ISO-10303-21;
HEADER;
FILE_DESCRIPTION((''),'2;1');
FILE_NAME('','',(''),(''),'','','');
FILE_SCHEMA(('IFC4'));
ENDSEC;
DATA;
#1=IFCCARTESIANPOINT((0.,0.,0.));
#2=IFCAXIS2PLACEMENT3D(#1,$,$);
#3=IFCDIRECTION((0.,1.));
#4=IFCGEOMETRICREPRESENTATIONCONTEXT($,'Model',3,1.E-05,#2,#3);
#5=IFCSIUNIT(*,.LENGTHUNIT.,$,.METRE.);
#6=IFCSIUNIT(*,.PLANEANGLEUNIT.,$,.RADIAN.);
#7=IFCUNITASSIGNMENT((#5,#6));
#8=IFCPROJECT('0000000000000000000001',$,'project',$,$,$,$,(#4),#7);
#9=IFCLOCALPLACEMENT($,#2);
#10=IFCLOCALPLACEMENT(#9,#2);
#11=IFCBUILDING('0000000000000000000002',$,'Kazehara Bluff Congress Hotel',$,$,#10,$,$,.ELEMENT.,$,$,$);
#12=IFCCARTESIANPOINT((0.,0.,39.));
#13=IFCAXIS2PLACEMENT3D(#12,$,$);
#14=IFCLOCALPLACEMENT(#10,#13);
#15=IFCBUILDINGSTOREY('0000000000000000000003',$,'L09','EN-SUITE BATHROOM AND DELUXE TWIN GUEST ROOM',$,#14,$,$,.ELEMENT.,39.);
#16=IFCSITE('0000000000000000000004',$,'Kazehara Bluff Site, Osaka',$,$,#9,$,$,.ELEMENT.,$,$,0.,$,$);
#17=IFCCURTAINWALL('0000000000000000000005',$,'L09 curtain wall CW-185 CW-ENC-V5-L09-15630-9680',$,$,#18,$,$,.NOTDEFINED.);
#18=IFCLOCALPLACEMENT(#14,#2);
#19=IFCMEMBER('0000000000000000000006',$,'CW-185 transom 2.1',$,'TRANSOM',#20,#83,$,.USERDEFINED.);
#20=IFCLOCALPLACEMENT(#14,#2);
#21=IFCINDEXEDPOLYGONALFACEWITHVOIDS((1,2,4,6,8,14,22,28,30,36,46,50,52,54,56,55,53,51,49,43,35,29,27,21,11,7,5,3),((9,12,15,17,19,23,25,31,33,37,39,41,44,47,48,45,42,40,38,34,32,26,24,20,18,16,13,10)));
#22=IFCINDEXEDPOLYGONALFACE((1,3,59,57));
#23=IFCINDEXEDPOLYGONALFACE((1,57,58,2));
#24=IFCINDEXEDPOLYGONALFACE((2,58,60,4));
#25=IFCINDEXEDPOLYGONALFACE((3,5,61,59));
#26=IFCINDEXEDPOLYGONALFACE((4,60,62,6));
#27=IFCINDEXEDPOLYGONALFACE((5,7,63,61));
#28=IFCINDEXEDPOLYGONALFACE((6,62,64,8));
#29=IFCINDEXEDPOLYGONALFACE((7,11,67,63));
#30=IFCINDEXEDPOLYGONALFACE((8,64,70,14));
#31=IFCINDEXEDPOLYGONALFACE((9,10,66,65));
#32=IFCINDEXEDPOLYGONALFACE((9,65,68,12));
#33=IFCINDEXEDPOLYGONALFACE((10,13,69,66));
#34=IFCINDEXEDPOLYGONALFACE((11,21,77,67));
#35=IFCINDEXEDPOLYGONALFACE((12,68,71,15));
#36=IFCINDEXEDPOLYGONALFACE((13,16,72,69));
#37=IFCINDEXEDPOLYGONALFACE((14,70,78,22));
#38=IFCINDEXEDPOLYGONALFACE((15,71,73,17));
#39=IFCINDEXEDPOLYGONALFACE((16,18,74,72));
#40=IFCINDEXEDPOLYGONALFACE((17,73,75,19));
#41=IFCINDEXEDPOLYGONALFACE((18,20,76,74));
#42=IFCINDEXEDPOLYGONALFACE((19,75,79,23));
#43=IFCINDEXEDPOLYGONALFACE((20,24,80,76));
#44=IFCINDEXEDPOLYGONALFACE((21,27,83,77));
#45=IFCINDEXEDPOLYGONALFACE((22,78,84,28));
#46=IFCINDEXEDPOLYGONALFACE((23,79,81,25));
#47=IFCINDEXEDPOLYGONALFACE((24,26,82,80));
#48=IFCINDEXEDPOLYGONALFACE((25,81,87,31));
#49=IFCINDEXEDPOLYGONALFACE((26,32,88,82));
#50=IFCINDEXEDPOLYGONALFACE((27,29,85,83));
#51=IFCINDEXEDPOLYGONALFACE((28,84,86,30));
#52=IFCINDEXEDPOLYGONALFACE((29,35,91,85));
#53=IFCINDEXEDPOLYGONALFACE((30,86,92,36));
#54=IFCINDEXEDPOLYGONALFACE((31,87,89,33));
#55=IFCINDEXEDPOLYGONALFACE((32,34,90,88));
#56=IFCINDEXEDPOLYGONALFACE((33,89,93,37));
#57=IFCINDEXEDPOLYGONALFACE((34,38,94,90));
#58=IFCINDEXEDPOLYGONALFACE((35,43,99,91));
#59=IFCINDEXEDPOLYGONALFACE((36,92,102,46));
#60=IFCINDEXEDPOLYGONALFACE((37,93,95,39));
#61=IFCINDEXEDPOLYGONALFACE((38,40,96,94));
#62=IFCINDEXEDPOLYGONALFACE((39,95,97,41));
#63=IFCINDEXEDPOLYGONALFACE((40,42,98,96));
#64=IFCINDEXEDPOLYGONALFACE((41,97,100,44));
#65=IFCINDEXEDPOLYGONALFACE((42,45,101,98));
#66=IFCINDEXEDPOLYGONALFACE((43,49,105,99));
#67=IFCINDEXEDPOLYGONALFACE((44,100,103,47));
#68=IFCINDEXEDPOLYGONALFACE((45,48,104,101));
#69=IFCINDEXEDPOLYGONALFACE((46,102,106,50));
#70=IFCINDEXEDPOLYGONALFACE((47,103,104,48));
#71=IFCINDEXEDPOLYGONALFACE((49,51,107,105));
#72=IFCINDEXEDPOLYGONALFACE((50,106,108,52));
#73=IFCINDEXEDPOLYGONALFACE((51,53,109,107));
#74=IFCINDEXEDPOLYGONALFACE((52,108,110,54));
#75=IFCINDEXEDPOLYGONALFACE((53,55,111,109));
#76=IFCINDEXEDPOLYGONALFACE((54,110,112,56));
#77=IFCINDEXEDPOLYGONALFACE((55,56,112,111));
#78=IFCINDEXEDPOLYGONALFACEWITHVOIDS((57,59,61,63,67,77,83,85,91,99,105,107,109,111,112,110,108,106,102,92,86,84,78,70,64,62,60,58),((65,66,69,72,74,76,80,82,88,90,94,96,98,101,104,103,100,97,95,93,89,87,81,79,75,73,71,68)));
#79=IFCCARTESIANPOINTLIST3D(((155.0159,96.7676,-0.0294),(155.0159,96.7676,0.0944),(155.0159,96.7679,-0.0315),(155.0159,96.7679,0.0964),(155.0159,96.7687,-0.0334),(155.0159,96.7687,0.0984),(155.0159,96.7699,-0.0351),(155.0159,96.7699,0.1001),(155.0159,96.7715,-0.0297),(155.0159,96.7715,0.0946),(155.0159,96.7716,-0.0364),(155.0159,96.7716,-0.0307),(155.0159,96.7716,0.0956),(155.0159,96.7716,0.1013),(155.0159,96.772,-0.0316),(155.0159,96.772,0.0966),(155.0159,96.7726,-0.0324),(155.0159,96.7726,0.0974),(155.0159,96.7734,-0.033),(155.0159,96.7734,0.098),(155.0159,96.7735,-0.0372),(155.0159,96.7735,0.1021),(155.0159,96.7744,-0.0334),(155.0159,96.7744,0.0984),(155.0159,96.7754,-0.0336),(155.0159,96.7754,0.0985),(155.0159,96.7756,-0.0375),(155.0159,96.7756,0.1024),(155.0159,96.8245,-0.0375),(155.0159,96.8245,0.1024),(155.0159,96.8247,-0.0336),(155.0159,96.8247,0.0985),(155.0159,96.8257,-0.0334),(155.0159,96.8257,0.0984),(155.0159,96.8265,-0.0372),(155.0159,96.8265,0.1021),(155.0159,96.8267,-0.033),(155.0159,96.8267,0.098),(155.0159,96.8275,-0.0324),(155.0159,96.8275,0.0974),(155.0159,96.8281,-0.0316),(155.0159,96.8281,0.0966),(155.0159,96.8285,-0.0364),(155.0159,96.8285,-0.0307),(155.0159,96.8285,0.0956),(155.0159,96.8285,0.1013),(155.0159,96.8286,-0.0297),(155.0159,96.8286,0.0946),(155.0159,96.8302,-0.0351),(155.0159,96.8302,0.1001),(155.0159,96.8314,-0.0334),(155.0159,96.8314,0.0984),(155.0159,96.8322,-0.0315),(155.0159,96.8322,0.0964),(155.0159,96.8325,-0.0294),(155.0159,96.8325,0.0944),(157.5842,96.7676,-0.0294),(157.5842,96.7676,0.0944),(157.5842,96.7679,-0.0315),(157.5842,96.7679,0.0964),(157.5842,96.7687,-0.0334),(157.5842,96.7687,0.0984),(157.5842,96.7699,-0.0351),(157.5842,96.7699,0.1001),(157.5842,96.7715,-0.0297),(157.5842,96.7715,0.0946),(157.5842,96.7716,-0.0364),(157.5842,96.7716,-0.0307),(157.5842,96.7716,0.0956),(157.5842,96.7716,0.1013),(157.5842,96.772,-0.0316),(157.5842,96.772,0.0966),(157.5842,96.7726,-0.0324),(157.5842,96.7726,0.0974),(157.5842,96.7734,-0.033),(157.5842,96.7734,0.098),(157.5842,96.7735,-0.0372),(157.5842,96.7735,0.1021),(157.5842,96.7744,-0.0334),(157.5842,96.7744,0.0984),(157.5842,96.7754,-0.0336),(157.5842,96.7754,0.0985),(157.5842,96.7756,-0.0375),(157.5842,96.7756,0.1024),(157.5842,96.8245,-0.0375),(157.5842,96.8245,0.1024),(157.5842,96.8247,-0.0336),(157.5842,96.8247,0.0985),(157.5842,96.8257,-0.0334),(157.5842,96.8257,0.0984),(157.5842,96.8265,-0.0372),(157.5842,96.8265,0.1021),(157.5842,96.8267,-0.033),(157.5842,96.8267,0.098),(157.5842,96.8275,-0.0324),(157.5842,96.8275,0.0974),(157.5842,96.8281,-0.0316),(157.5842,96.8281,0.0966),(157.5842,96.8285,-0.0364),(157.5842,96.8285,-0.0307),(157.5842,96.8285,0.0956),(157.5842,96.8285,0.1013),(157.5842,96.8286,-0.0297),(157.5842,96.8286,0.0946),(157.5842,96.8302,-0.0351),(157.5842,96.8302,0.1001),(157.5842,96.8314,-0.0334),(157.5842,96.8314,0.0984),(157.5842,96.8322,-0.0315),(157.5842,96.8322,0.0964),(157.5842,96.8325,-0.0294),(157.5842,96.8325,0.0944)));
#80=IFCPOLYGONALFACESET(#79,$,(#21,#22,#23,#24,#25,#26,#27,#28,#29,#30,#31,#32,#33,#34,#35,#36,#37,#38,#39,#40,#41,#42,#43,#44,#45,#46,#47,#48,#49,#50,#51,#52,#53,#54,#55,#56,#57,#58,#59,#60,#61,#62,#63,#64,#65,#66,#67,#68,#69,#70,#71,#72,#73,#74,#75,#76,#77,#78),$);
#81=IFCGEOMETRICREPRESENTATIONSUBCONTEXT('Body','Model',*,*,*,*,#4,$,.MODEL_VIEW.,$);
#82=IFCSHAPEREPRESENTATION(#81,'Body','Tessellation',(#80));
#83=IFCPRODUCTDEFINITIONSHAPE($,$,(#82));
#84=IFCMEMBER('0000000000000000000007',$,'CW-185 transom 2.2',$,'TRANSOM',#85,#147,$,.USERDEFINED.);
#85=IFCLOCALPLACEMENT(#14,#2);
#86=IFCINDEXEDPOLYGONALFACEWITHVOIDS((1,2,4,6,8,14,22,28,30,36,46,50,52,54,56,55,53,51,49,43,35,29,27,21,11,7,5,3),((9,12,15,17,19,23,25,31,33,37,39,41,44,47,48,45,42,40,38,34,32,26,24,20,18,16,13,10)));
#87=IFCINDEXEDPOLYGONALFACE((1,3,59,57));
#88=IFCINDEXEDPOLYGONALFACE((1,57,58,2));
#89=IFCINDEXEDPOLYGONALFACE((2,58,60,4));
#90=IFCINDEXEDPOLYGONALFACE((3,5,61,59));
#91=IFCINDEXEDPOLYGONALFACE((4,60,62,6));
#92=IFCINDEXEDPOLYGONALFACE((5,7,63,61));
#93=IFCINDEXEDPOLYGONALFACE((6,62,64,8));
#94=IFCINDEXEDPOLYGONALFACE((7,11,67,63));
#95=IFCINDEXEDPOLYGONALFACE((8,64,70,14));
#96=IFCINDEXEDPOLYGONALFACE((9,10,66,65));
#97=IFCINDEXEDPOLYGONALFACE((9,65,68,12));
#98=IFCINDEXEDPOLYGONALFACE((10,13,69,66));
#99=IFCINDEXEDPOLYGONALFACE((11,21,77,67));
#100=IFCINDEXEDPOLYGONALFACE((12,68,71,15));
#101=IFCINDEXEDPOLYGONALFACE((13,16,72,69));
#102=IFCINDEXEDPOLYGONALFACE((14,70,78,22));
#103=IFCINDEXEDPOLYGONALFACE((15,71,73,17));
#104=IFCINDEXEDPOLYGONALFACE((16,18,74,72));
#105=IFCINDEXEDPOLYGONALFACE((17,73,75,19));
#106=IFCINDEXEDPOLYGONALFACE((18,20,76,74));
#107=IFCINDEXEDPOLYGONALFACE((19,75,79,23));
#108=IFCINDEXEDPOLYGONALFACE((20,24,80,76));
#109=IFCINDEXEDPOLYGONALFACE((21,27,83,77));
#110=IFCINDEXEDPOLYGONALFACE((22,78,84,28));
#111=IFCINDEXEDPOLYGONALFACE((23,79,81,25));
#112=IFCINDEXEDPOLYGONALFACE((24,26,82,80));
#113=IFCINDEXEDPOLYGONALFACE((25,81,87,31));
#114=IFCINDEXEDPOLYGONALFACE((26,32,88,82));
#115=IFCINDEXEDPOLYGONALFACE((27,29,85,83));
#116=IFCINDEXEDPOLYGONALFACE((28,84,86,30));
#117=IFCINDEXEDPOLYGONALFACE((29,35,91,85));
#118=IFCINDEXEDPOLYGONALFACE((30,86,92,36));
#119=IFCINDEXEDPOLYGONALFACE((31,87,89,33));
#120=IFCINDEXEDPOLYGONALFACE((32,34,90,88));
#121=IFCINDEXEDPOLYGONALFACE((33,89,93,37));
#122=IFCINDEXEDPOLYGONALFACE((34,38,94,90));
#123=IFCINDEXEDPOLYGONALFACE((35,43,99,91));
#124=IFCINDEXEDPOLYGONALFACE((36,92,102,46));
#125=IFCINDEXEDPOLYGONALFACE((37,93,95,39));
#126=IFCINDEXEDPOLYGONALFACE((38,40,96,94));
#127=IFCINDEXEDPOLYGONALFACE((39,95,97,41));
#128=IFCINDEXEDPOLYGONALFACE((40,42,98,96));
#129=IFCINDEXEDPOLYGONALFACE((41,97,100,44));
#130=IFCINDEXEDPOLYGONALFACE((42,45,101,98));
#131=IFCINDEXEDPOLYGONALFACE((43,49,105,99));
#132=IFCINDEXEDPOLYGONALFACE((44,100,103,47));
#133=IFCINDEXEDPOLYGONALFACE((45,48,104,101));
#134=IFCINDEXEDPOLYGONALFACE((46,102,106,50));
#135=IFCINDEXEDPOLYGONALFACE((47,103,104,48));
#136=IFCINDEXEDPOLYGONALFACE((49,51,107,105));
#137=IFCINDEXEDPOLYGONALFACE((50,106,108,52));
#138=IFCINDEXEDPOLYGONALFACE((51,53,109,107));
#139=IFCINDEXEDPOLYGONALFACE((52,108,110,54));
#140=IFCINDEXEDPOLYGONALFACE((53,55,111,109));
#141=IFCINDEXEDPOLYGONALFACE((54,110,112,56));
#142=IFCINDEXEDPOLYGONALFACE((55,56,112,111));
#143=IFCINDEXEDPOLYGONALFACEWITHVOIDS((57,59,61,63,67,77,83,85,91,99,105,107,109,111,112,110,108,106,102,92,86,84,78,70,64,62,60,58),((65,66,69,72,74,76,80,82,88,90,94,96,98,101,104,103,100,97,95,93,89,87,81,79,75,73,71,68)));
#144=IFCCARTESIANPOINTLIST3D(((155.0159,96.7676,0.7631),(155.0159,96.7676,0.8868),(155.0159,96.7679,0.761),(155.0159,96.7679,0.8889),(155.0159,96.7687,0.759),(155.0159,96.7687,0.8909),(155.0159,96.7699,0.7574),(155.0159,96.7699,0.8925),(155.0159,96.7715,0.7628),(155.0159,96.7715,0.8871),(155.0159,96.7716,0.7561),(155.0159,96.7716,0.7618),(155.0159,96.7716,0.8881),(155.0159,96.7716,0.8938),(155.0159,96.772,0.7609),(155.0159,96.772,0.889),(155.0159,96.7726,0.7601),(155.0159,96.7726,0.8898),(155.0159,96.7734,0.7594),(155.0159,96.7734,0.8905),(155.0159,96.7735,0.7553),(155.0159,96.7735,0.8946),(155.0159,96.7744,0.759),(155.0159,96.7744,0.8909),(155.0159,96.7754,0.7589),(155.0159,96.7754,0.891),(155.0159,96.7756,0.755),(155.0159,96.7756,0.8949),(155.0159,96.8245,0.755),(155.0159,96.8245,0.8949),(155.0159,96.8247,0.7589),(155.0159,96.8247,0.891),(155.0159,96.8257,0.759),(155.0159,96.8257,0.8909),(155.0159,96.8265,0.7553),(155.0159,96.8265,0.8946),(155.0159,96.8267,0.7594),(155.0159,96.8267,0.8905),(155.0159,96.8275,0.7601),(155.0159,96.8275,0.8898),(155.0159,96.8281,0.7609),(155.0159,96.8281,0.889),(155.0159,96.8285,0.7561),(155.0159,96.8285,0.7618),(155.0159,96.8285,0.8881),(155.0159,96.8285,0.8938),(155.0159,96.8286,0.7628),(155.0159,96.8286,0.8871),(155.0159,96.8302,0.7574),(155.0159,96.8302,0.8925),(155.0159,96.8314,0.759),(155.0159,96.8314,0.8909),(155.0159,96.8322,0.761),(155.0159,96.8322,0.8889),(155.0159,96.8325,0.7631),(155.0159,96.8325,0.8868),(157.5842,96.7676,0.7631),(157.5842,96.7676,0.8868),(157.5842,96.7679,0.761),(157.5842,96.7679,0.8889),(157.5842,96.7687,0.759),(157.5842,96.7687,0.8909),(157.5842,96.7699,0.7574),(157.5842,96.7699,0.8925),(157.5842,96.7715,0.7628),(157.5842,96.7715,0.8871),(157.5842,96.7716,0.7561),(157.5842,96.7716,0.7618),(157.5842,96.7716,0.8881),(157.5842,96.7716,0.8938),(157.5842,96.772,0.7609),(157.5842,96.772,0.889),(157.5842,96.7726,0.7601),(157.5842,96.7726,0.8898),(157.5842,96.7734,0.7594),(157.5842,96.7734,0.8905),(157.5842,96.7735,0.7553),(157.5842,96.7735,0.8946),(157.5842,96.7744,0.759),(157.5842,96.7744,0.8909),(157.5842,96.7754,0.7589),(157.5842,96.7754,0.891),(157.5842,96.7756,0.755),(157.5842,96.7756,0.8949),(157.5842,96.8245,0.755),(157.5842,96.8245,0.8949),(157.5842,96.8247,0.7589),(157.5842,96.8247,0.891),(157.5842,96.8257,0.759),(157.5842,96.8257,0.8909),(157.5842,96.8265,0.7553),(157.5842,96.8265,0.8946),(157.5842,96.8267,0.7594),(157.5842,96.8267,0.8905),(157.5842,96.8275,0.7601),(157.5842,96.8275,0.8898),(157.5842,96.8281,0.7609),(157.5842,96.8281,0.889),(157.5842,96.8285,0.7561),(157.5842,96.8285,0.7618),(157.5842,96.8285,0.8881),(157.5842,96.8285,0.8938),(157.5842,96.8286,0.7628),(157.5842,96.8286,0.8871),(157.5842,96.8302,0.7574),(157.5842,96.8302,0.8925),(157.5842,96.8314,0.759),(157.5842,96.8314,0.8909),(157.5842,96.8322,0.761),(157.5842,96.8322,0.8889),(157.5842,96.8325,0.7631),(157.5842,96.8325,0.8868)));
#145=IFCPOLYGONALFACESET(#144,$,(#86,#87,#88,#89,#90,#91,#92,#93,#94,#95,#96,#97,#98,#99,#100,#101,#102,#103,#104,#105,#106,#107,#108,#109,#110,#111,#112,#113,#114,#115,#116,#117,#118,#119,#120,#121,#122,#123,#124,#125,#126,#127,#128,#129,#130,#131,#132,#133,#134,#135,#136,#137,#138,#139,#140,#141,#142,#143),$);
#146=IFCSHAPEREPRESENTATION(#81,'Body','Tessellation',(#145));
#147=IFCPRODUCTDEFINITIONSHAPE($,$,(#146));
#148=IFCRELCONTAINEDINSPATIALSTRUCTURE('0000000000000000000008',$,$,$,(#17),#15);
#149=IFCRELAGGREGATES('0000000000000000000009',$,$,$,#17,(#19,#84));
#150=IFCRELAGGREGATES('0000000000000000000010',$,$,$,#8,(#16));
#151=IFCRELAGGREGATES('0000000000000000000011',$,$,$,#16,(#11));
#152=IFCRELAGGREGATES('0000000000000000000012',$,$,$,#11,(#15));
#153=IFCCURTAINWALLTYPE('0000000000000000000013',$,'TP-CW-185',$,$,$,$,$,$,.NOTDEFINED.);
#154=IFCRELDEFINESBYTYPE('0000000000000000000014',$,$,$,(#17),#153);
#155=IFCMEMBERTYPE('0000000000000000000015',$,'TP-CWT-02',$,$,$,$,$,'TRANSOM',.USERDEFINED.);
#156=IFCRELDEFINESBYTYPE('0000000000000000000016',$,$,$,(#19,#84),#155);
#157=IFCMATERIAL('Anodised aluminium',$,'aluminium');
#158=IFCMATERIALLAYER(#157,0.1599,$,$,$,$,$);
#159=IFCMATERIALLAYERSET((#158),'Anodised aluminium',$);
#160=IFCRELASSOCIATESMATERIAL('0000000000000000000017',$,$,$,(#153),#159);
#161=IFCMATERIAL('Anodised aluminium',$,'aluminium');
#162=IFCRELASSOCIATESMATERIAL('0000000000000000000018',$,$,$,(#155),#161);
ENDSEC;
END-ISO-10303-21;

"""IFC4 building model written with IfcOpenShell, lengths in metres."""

from ifc_helpers import new_model, si_unit, direction, frame, origin, origin_2d, place, context, subcontext, project, spatial, hollow_rectangle, extrude, material, layer, layer_set, material_profile, profile_set, type_object, element, aggregate, save


model = new_model("IFC4")

# Units and contexts
model_context = context("Model", 3, precision=1e-05, world=origin(), true_north=direction((0.0, 1.0)))
body_context = subcontext(model_context, "Body", "Model", "MODEL_VIEW")
ifc_project = project(units=[si_unit("LENGTHUNIT", "METRE"), si_unit("PLANEANGLEUNIT", "RADIAN")], contexts=[model_context])

# Site, building, storey
site_placement = place(None, origin())
site = spatial("IfcSite", under=ifc_project, at=site_placement, Name="Kazehara Bluff Site, Osaka", CompositionType="ELEMENT", RefElevation=0.0)
building_placement = place(site_placement, origin())
building = spatial("IfcBuilding", under=site, at=building_placement, Name="Kazehara Bluff Congress Hotel", CompositionType="ELEMENT")
storey_placement = place(building_placement, frame((0.0, 0.0, 39.0)))
storey = spatial("IfcBuildingStorey", under=building, at=storey_placement, Name="L09", Description="EN-SUITE BATHROOM AND DELUXE TWIN GUEST ROOM", CompositionType="ELEMENT", Elevation=39.0)

# Curtain wall, members
ifc_material_1 = material(Name="Anodised aluminium", Category="aluminium")
ifc_layer_1 = layer(ifc_material_1, 0.1599)
ifc_layer_set_1 = layer_set([ifc_layer_1], Name="Anodised aluminium")
curtain_wall_type = type_object("IfcCurtainWallType", Name="TP-CW-185", PredefinedType="NOTDEFINED", material=ifc_layer_set_1)
curtain_wall_placement = place(storey_placement, origin())
curtain_wall = element("IfcCurtainWall", 1, at=curtain_wall_placement, inside=storey, type_object=curtain_wall_type, Name="L09 curtain wall CW-185 CW-ENC-V5-L09-15630-9680", PredefinedType="NOTDEFINED")
ifc_material_2 = material(Name="Anodised aluminium", Category="aluminium")
ifc_material_profile_1 = material_profile(ifc_material_2, hollow_rectangle(XDim=0.0649, YDim=0.1399, WallThickness=0.0039, InnerFilletRadius=0.0039, OuterFilletRadius=0.0081, at=origin_2d()))
ifc_profile_set_1 = profile_set([ifc_material_profile_1], Name="Anodised aluminium")
member_type_1 = type_object("IfcMemberType", Name="TP-CWT-02", ElementType="TRANSOM", PredefinedType="USERDEFINED", material=ifc_profile_set_1)
member_1_placement = place(storey_placement, frame((155.0159, 96.8, 0.0325), z_axis=(1.0, 0.0, 0.0), x_axis=(0.0, 1.0, 0.0)))
member_1 = element("IfcMember", 2, at=member_1_placement, type_object=member_type_1, Name="CW-185 transom 2.1", ObjectType="TRANSOM", PredefinedType="USERDEFINED", context=body_context, shape_type="SweptSolid", body=[
    extrude(hollow_rectangle(XDim=0.0649, YDim=0.1399, WallThickness=0.0039, InnerFilletRadius=0.0039, OuterFilletRadius=0.0081, at=origin_2d()), origin(), (0.0, 0.0, 1.0), 2.5684),
])
member_2_placement = place(storey_placement, frame((155.0159, 96.8, 0.825), z_axis=(1.0, 0.0, 0.0), x_axis=(0.0, 1.0, 0.0)))
member_2 = element("IfcMember", 3, at=member_2_placement, type_object=member_type_1, Name="CW-185 transom 2.2", ObjectType="TRANSOM", PredefinedType="USERDEFINED", context=body_context, shape_type="SweptSolid", body=[
    extrude(hollow_rectangle(XDim=0.0649, YDim=0.1399, WallThickness=0.0039, InnerFilletRadius=0.0039, OuterFilletRadius=0.0081, at=origin_2d()), origin(), (0.0, 0.0, 1.0), 2.5684),
])
aggregate(curtain_wall, [member_1, member_2])

save(model, "model.ifc")
